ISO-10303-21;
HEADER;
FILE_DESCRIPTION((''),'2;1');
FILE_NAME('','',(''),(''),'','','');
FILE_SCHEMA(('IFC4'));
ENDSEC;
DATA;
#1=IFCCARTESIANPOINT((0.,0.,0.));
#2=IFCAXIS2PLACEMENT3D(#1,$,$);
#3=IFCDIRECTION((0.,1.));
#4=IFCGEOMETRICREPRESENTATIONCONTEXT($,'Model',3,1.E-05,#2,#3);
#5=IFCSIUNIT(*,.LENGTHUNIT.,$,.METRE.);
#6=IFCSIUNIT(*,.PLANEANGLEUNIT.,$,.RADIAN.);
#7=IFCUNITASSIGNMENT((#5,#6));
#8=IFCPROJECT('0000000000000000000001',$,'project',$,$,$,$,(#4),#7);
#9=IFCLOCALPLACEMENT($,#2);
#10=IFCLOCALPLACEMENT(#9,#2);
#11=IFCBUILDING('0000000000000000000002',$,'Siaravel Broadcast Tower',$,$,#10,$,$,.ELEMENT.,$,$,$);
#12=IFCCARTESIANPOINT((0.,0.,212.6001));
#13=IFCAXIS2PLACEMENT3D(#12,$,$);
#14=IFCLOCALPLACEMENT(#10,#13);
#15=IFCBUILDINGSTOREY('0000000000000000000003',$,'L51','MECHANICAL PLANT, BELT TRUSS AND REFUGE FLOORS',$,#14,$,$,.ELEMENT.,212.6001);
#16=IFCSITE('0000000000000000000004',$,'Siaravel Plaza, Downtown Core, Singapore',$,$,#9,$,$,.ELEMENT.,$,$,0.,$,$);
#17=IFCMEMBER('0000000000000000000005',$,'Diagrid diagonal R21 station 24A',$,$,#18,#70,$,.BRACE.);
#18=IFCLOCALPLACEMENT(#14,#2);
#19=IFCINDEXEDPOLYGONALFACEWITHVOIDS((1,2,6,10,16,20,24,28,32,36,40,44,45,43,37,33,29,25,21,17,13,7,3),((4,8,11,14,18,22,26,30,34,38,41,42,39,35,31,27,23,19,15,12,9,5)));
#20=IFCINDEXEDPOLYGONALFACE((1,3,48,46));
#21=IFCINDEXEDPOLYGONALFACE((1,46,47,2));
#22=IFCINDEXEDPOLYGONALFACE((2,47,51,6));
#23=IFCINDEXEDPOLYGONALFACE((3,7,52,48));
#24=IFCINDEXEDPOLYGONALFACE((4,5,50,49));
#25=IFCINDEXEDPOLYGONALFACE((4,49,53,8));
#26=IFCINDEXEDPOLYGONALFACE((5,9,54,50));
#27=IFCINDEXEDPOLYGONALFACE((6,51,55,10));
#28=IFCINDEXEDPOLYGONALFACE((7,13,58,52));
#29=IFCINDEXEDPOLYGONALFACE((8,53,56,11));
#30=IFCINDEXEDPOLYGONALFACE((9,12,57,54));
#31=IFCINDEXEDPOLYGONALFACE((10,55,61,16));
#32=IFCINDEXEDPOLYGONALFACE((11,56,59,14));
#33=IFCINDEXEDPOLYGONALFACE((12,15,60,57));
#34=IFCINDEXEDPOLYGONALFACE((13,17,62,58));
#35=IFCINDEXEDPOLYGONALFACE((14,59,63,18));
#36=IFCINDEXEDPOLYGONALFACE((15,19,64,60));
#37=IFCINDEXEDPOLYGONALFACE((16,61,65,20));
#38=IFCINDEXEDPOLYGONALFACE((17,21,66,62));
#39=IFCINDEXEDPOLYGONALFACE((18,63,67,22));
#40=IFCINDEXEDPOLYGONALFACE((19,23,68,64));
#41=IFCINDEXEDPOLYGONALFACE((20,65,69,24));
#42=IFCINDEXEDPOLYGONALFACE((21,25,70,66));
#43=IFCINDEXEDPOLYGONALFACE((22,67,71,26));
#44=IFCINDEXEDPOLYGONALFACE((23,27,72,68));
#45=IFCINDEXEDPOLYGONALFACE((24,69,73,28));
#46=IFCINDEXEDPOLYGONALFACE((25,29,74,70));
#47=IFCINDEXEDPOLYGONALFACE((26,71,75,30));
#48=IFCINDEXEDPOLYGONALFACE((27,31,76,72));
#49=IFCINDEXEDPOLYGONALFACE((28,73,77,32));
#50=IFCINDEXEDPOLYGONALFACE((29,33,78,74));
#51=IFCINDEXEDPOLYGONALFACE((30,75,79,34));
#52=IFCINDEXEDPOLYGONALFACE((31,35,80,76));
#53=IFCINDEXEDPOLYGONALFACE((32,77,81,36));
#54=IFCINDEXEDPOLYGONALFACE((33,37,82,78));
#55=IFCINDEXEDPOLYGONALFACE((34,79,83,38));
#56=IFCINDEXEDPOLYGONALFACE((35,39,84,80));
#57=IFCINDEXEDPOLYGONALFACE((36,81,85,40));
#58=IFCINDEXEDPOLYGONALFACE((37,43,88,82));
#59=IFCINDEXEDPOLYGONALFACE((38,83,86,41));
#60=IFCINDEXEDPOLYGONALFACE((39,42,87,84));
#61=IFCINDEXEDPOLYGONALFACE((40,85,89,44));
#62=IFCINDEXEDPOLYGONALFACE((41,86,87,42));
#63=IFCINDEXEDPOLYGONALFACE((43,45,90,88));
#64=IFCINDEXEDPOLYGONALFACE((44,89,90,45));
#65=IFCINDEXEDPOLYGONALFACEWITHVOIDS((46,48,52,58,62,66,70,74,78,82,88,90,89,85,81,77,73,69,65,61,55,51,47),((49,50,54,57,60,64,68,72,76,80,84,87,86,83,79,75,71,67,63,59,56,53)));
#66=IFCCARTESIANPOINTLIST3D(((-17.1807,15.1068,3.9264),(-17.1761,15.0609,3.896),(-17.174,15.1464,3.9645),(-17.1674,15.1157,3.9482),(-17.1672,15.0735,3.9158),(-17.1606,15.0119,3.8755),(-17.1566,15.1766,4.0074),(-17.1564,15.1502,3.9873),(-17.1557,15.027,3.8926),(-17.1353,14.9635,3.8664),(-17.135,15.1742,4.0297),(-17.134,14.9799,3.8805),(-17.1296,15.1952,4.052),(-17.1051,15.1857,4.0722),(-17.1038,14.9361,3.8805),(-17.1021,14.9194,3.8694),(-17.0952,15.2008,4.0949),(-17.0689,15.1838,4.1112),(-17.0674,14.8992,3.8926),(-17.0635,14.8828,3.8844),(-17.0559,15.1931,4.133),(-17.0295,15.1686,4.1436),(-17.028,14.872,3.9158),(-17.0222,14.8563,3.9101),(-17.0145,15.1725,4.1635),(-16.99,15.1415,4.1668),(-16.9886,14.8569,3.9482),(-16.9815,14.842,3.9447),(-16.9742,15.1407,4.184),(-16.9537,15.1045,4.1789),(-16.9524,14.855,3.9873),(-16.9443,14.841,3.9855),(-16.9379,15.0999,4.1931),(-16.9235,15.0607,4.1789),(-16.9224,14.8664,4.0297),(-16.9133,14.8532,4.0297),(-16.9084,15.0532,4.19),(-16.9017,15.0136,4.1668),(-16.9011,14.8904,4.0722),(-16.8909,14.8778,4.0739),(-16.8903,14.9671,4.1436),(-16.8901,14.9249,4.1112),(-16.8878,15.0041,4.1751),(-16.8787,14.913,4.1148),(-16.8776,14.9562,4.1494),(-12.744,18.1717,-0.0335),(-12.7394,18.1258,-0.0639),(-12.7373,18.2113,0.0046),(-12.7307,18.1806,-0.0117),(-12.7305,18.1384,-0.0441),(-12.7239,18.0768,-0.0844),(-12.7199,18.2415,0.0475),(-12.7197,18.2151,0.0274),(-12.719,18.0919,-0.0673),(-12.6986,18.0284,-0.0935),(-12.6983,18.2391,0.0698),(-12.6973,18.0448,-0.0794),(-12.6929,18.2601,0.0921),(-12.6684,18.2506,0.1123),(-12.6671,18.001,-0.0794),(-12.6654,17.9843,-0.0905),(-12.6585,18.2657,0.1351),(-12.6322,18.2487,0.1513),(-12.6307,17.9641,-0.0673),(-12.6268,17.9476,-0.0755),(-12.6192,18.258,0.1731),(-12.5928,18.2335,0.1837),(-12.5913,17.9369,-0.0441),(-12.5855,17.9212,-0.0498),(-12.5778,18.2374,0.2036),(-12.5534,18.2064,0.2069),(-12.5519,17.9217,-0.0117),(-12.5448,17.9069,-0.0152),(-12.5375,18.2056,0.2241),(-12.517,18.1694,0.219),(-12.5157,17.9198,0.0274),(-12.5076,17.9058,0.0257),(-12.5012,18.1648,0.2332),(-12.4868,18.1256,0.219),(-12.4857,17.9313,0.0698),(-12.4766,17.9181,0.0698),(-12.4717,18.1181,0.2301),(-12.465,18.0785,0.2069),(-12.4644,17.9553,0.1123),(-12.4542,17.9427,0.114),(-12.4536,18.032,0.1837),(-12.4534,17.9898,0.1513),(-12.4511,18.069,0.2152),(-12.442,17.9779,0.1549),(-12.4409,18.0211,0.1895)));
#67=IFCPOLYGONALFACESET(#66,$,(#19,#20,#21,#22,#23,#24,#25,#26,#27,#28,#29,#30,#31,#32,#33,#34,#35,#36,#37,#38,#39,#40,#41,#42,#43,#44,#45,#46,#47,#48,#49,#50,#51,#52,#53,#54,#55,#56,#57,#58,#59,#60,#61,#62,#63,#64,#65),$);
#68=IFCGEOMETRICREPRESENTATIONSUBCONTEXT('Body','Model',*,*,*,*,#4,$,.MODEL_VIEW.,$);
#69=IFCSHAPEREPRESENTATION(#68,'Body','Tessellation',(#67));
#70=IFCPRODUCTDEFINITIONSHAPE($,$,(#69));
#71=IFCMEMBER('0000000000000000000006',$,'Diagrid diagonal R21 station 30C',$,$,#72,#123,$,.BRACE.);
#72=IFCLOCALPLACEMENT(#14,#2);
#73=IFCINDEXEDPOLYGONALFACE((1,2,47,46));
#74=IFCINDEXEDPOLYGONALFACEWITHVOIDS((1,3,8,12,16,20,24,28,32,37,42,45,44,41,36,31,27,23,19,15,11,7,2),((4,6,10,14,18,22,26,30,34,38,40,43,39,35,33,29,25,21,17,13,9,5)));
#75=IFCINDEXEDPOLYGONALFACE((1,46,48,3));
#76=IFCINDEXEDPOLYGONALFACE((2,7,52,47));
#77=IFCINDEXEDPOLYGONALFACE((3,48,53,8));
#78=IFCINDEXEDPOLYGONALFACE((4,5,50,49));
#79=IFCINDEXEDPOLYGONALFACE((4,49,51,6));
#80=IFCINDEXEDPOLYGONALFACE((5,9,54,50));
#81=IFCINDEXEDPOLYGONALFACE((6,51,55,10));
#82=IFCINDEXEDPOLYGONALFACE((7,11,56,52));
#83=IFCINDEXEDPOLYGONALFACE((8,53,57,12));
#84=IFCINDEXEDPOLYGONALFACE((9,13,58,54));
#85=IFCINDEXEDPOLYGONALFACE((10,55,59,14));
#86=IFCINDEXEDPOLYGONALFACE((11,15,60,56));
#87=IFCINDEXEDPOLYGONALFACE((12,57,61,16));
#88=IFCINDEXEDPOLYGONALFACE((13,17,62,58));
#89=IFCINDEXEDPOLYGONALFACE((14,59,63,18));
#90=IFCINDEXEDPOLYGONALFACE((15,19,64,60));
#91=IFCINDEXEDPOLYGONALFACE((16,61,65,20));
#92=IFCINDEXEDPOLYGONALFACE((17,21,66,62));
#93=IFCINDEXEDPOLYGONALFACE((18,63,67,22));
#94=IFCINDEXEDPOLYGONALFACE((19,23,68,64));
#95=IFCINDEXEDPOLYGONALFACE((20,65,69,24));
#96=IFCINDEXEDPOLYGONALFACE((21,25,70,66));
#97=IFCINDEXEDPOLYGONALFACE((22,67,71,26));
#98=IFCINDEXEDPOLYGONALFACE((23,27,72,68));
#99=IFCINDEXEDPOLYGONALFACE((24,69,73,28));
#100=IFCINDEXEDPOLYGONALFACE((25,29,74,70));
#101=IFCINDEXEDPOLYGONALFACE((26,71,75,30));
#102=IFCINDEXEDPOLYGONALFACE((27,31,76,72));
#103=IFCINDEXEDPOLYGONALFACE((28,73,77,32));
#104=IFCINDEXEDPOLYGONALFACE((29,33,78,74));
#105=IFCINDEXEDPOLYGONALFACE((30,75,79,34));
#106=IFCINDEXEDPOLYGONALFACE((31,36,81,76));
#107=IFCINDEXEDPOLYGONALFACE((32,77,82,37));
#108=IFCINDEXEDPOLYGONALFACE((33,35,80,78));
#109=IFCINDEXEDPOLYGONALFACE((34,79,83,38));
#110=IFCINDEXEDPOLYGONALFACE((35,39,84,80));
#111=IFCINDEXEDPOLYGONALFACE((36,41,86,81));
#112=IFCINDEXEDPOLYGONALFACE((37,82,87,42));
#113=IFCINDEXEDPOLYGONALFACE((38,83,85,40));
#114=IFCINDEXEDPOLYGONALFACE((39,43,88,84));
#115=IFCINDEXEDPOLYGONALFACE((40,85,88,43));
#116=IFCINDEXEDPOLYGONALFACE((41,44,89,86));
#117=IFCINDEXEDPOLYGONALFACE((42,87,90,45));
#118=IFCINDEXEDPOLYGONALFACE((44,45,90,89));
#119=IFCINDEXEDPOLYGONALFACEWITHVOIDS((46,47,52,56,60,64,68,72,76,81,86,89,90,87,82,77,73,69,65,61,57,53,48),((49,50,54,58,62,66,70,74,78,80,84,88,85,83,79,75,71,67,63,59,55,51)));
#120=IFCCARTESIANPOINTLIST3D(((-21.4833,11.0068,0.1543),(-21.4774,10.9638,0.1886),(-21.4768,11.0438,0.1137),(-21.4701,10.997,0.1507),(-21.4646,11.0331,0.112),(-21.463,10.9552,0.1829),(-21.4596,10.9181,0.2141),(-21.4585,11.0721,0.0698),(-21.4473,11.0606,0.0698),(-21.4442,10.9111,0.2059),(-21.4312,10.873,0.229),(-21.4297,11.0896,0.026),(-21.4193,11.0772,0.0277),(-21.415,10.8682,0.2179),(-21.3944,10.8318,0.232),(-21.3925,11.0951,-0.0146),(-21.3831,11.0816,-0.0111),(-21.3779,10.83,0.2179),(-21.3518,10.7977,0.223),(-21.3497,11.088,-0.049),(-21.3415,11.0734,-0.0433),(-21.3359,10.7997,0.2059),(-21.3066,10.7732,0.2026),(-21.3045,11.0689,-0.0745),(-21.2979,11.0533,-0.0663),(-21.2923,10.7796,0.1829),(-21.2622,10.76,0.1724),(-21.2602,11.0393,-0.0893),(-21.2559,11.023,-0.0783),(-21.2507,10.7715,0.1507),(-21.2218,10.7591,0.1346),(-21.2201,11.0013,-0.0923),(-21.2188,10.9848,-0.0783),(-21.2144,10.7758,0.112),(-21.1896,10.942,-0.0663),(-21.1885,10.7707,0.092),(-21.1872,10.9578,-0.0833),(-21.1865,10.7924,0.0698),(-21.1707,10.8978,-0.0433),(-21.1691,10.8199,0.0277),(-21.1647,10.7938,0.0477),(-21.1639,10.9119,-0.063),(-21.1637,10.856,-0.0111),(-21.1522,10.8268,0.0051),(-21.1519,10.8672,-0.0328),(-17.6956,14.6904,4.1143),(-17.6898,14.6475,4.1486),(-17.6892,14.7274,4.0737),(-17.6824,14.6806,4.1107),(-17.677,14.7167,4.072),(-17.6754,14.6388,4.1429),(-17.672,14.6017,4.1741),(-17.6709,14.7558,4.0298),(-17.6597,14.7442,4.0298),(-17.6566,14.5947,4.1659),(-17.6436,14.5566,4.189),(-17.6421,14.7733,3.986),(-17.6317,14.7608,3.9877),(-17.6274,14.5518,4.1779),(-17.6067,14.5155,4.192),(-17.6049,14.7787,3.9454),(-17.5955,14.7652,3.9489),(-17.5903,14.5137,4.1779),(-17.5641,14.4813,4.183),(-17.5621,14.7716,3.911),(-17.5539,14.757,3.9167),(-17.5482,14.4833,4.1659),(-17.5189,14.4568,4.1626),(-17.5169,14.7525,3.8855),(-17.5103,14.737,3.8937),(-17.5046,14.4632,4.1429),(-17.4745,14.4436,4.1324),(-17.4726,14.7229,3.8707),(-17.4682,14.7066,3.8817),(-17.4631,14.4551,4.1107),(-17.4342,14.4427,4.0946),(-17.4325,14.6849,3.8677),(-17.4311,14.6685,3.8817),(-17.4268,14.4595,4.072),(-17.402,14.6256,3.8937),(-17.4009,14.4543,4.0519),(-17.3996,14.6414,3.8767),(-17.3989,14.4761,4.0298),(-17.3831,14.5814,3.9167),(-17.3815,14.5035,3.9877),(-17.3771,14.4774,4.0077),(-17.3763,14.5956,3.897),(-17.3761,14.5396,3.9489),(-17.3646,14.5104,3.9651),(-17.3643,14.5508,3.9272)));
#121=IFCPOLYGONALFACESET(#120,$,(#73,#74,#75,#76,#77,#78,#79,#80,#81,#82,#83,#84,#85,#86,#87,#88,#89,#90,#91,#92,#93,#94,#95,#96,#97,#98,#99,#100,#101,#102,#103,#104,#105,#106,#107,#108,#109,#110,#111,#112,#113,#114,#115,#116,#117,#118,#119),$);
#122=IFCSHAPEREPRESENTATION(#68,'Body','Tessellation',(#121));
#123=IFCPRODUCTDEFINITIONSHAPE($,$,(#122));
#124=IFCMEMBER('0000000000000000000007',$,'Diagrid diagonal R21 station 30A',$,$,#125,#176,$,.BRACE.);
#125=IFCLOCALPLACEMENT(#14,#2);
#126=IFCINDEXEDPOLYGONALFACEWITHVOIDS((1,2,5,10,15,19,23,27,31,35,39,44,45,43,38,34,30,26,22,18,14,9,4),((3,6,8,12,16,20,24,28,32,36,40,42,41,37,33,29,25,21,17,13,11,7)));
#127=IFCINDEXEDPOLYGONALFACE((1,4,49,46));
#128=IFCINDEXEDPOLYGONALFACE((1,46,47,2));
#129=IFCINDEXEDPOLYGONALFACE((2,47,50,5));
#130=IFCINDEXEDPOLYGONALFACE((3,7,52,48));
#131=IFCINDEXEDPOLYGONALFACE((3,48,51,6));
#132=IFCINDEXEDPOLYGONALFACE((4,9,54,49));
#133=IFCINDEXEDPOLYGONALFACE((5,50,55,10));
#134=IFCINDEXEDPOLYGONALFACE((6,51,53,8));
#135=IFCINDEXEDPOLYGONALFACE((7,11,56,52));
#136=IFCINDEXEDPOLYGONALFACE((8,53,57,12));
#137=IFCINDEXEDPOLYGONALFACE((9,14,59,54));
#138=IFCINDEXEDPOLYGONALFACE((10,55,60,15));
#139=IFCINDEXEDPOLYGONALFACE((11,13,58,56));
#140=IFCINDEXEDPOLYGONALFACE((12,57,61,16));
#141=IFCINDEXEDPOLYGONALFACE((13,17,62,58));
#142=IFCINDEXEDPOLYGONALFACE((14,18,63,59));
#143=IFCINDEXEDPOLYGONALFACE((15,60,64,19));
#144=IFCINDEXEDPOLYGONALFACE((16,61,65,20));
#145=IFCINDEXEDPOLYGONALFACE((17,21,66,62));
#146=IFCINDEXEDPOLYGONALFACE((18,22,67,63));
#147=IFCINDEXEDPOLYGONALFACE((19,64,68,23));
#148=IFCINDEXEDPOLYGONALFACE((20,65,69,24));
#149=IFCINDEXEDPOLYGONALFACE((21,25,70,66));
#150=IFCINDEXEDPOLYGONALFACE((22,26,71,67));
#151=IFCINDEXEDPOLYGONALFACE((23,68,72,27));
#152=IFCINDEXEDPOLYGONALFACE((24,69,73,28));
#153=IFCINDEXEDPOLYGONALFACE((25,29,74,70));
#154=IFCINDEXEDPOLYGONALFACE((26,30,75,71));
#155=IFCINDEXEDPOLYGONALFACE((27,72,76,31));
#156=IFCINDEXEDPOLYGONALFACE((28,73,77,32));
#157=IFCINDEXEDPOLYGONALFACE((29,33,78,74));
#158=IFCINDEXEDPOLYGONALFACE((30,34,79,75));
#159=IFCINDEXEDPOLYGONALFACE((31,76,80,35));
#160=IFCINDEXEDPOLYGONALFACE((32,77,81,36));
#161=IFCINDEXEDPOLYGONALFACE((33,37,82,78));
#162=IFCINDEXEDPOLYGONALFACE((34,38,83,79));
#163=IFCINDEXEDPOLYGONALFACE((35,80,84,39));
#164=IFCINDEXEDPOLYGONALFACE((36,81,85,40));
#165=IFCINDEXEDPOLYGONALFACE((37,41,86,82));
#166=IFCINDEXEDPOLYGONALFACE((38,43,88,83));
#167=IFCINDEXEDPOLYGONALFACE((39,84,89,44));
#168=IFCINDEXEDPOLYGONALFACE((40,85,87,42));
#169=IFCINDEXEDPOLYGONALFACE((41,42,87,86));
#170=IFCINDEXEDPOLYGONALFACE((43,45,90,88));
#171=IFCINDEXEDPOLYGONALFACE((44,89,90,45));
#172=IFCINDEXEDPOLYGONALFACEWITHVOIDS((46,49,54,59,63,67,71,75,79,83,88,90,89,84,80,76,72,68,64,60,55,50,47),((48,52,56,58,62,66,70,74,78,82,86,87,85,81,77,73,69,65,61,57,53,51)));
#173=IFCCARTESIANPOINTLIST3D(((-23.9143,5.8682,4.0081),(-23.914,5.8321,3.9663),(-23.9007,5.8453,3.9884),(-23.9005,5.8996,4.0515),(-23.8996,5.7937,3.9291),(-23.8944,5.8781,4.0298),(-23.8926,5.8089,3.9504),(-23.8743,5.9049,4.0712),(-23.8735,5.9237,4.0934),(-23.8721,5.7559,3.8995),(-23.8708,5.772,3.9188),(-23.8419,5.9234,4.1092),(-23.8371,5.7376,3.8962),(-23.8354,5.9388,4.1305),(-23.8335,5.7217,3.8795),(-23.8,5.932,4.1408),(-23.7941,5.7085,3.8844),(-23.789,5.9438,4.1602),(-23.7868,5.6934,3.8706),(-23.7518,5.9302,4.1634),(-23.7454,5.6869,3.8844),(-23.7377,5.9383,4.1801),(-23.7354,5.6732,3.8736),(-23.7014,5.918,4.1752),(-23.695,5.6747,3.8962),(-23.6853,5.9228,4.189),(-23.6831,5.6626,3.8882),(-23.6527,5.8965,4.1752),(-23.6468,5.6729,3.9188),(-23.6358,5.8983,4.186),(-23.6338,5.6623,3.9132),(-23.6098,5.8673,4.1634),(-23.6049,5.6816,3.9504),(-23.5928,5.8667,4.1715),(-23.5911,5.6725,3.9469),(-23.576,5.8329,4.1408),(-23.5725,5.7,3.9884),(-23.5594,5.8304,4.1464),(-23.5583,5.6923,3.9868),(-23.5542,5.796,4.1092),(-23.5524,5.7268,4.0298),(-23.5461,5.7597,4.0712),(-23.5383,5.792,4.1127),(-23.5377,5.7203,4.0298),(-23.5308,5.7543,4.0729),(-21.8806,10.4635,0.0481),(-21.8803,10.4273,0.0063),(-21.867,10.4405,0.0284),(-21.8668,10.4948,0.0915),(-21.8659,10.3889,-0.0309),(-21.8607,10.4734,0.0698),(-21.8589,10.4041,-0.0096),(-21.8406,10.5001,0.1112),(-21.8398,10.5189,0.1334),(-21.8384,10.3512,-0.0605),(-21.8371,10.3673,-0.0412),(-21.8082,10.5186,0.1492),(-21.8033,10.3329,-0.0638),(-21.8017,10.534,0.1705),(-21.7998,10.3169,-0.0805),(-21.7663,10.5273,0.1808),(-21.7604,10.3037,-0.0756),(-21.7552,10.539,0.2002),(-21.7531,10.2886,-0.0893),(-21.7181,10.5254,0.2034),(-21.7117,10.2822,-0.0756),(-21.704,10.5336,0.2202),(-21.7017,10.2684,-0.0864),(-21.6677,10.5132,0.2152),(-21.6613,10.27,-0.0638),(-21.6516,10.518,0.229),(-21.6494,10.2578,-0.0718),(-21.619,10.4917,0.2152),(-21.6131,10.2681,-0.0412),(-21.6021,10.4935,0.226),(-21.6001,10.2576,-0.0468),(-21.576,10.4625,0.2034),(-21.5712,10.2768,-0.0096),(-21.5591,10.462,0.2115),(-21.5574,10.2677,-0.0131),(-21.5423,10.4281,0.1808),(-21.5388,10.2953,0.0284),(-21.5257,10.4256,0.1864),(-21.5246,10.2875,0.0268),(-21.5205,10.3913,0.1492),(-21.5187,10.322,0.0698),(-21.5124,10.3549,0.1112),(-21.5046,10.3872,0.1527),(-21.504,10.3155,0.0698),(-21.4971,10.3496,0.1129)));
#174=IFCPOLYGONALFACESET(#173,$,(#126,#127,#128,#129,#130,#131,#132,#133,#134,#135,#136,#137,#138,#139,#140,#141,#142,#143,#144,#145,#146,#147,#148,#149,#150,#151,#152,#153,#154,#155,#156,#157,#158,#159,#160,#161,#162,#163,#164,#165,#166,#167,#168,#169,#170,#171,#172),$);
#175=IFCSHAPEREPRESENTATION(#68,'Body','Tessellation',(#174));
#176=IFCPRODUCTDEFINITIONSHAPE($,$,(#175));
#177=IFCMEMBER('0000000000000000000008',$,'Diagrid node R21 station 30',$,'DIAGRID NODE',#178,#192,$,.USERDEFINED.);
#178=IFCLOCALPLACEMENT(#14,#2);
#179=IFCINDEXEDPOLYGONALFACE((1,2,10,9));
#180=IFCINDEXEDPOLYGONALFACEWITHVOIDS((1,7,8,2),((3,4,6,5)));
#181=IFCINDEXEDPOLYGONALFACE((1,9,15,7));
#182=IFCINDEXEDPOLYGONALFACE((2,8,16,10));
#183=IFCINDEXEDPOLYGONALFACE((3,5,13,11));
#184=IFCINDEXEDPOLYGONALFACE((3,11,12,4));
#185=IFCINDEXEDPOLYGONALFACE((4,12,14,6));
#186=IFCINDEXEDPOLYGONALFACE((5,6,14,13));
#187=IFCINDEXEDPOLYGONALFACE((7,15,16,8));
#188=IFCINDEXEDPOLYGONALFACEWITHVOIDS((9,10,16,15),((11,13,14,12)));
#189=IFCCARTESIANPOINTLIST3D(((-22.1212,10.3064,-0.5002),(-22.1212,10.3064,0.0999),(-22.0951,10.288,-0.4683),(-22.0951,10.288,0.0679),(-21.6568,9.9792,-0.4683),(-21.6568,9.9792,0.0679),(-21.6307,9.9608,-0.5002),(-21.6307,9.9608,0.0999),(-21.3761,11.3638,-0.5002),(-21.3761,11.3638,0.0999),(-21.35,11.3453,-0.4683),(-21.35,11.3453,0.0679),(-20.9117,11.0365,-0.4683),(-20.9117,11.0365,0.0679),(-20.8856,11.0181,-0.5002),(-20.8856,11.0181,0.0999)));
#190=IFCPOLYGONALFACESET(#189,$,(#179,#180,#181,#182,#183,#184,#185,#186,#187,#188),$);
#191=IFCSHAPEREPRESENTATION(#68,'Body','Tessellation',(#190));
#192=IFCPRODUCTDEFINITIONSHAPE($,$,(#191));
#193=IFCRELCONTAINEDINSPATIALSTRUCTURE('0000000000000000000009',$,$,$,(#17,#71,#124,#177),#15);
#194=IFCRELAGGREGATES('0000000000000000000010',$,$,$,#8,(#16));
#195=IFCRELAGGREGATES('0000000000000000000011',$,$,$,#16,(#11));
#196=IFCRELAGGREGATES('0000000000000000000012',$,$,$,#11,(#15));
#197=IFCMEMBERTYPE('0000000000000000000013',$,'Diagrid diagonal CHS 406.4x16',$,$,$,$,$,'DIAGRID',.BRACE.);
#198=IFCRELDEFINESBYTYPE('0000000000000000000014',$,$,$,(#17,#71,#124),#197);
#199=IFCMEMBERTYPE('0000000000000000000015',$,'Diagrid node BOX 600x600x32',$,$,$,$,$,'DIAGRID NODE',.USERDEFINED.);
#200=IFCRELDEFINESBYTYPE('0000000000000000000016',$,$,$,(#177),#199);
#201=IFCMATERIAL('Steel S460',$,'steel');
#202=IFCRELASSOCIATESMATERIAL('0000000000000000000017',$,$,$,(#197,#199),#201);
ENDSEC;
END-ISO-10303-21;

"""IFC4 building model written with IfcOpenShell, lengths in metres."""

from ifc_helpers import new_model, si_unit, direction, frame, origin, origin_2d, place, context, subcontext, project, spatial, hollow_rectangle, hollow_circle, extrude, material, material_profile, profile_set, type_object, element, save


model = new_model("IFC4")

# Units and contexts
model_context = context("Model", 3, precision=1e-05, world=origin(), true_north=direction((0.0, 1.0)))
body_context = subcontext(model_context, "Body", "Model", "MODEL_VIEW")
ifc_project = project(units=[si_unit("LENGTHUNIT", "METRE"), si_unit("PLANEANGLEUNIT", "RADIAN")], contexts=[model_context])

# Site, building, storey
site_placement = place(None, origin())
site = spatial("IfcSite", under=ifc_project, at=site_placement, Name="Siaravel Plaza, Downtown Core, Singapore", CompositionType="ELEMENT", RefElevation=0.0)
building_placement = place(site_placement, origin())
building = spatial("IfcBuilding", under=site, at=building_placement, Name="Siaravel Broadcast Tower", CompositionType="ELEMENT")
storey_placement = place(building_placement, frame((0.0, 0.0, 212.6001)))
storey = spatial("IfcBuildingStorey", under=building, at=storey_placement, Name="L51", Description="MECHANICAL PLANT, BELT TRUSS AND REFUGE FLOORS", CompositionType="ELEMENT", Elevation=212.6001)

# Shared definitions
ifc_material_1 = material(Name="Steel S460", Category="steel")

# Members
ifc_material_profile_1 = material_profile(ifc_material_1, hollow_circle(Radius=0.2031, WallThickness=0.0161, at=origin_2d()))
ifc_profile_set_1 = profile_set([ifc_material_profile_1], Name="Steel S460")
member_type_1 = type_object("IfcMemberType", Name="Diagrid diagonal CHS 406.4x16", ElementType="DIAGRID", PredefinedType="BRACE", material=ifc_profile_set_1)
member_1_placement = place(storey_placement, frame((-12.592, 18.0852, 0.0698), z_axis=(-0.663165, -0.458117, 0.591896), x_axis=(0.568374, -0.82277, 0.0)))
element("IfcMember", 1, at=member_1_placement, inside=storey, type_object=member_type_1, Name="Diagrid diagonal R21 station 24A", PredefinedType="BRACE", context=body_context, shape_type="SweptSolid", body=[
    extrude(hollow_circle(Radius=0.2031, WallThickness=0.0161, at=origin_2d()), origin(), (0.0, 0.0, 1.0), 6.6902),
])
member_2_placement = place(storey_placement, frame((-21.3169, 10.9265, 0.0698), z_axis=(0.573641, 0.557889, 0.599746), x_axis=(-0.697196, 0.716881, 0.0)))
element("IfcMember", 2, at=member_2_placement, inside=storey, type_object=member_type_1, Name="Diagrid diagonal R21 station 30C", PredefinedType="BRACE", context=body_context, shape_type="SweptSolid", body=[
    extrude(hollow_circle(Radius=0.2031, WallThickness=0.0161, at=origin_2d()), origin(), (0.0, 0.0, 1.0), 6.6028),
])
member_3_placement = place(storey_placement, frame((-21.6897, 10.3977, 0.0698), z_axis=(-0.317868, -0.718237, 0.618946), x_axis=(0.914448, -0.404704, 0.0)))
element("IfcMember", 3, at=member_3_placement, inside=storey, type_object=member_type_1, Name="Diagrid diagonal R21 station 30A", PredefinedType="BRACE", context=body_context, shape_type="SweptSolid", body=[
    extrude(hollow_circle(Radius=0.2031, WallThickness=0.0161, at=origin_2d()), origin(), (0.0, 0.0, 1.0), 6.3979),
])
ifc_material_profile_2 = material_profile(ifc_material_1, hollow_rectangle(XDim=0.6001, YDim=0.6001, WallThickness=0.032, at=origin_2d()))
ifc_profile_set_2 = profile_set([ifc_material_profile_2], Name="Steel S460")
member_type_2 = type_object("IfcMemberType", Name="Diagrid node BOX 600x600x32", ElementType="DIAGRID NODE", PredefinedType="USERDEFINED", material=ifc_profile_set_2)
member_4_placement = place(storey_placement, frame((-21.1309, 11.1909, -0.2002), z_axis=(-0.576031, -0.817428, 0.0), x_axis=(0.817428, -0.576031, 0.0)))
element("IfcMember", 4, at=member_4_placement, inside=storey, type_object=member_type_2, Name="Diagrid node R21 station 30", ObjectType="DIAGRID NODE", PredefinedType="USERDEFINED", context=body_context, shape_type="SweptSolid", body=[
    extrude(hollow_rectangle(XDim=0.6001, YDim=0.6001, WallThickness=0.032, at=origin_2d()), origin(), (0.0, 0.0, 1.0), 1.2935),
])

save(model, "model.ifc")
